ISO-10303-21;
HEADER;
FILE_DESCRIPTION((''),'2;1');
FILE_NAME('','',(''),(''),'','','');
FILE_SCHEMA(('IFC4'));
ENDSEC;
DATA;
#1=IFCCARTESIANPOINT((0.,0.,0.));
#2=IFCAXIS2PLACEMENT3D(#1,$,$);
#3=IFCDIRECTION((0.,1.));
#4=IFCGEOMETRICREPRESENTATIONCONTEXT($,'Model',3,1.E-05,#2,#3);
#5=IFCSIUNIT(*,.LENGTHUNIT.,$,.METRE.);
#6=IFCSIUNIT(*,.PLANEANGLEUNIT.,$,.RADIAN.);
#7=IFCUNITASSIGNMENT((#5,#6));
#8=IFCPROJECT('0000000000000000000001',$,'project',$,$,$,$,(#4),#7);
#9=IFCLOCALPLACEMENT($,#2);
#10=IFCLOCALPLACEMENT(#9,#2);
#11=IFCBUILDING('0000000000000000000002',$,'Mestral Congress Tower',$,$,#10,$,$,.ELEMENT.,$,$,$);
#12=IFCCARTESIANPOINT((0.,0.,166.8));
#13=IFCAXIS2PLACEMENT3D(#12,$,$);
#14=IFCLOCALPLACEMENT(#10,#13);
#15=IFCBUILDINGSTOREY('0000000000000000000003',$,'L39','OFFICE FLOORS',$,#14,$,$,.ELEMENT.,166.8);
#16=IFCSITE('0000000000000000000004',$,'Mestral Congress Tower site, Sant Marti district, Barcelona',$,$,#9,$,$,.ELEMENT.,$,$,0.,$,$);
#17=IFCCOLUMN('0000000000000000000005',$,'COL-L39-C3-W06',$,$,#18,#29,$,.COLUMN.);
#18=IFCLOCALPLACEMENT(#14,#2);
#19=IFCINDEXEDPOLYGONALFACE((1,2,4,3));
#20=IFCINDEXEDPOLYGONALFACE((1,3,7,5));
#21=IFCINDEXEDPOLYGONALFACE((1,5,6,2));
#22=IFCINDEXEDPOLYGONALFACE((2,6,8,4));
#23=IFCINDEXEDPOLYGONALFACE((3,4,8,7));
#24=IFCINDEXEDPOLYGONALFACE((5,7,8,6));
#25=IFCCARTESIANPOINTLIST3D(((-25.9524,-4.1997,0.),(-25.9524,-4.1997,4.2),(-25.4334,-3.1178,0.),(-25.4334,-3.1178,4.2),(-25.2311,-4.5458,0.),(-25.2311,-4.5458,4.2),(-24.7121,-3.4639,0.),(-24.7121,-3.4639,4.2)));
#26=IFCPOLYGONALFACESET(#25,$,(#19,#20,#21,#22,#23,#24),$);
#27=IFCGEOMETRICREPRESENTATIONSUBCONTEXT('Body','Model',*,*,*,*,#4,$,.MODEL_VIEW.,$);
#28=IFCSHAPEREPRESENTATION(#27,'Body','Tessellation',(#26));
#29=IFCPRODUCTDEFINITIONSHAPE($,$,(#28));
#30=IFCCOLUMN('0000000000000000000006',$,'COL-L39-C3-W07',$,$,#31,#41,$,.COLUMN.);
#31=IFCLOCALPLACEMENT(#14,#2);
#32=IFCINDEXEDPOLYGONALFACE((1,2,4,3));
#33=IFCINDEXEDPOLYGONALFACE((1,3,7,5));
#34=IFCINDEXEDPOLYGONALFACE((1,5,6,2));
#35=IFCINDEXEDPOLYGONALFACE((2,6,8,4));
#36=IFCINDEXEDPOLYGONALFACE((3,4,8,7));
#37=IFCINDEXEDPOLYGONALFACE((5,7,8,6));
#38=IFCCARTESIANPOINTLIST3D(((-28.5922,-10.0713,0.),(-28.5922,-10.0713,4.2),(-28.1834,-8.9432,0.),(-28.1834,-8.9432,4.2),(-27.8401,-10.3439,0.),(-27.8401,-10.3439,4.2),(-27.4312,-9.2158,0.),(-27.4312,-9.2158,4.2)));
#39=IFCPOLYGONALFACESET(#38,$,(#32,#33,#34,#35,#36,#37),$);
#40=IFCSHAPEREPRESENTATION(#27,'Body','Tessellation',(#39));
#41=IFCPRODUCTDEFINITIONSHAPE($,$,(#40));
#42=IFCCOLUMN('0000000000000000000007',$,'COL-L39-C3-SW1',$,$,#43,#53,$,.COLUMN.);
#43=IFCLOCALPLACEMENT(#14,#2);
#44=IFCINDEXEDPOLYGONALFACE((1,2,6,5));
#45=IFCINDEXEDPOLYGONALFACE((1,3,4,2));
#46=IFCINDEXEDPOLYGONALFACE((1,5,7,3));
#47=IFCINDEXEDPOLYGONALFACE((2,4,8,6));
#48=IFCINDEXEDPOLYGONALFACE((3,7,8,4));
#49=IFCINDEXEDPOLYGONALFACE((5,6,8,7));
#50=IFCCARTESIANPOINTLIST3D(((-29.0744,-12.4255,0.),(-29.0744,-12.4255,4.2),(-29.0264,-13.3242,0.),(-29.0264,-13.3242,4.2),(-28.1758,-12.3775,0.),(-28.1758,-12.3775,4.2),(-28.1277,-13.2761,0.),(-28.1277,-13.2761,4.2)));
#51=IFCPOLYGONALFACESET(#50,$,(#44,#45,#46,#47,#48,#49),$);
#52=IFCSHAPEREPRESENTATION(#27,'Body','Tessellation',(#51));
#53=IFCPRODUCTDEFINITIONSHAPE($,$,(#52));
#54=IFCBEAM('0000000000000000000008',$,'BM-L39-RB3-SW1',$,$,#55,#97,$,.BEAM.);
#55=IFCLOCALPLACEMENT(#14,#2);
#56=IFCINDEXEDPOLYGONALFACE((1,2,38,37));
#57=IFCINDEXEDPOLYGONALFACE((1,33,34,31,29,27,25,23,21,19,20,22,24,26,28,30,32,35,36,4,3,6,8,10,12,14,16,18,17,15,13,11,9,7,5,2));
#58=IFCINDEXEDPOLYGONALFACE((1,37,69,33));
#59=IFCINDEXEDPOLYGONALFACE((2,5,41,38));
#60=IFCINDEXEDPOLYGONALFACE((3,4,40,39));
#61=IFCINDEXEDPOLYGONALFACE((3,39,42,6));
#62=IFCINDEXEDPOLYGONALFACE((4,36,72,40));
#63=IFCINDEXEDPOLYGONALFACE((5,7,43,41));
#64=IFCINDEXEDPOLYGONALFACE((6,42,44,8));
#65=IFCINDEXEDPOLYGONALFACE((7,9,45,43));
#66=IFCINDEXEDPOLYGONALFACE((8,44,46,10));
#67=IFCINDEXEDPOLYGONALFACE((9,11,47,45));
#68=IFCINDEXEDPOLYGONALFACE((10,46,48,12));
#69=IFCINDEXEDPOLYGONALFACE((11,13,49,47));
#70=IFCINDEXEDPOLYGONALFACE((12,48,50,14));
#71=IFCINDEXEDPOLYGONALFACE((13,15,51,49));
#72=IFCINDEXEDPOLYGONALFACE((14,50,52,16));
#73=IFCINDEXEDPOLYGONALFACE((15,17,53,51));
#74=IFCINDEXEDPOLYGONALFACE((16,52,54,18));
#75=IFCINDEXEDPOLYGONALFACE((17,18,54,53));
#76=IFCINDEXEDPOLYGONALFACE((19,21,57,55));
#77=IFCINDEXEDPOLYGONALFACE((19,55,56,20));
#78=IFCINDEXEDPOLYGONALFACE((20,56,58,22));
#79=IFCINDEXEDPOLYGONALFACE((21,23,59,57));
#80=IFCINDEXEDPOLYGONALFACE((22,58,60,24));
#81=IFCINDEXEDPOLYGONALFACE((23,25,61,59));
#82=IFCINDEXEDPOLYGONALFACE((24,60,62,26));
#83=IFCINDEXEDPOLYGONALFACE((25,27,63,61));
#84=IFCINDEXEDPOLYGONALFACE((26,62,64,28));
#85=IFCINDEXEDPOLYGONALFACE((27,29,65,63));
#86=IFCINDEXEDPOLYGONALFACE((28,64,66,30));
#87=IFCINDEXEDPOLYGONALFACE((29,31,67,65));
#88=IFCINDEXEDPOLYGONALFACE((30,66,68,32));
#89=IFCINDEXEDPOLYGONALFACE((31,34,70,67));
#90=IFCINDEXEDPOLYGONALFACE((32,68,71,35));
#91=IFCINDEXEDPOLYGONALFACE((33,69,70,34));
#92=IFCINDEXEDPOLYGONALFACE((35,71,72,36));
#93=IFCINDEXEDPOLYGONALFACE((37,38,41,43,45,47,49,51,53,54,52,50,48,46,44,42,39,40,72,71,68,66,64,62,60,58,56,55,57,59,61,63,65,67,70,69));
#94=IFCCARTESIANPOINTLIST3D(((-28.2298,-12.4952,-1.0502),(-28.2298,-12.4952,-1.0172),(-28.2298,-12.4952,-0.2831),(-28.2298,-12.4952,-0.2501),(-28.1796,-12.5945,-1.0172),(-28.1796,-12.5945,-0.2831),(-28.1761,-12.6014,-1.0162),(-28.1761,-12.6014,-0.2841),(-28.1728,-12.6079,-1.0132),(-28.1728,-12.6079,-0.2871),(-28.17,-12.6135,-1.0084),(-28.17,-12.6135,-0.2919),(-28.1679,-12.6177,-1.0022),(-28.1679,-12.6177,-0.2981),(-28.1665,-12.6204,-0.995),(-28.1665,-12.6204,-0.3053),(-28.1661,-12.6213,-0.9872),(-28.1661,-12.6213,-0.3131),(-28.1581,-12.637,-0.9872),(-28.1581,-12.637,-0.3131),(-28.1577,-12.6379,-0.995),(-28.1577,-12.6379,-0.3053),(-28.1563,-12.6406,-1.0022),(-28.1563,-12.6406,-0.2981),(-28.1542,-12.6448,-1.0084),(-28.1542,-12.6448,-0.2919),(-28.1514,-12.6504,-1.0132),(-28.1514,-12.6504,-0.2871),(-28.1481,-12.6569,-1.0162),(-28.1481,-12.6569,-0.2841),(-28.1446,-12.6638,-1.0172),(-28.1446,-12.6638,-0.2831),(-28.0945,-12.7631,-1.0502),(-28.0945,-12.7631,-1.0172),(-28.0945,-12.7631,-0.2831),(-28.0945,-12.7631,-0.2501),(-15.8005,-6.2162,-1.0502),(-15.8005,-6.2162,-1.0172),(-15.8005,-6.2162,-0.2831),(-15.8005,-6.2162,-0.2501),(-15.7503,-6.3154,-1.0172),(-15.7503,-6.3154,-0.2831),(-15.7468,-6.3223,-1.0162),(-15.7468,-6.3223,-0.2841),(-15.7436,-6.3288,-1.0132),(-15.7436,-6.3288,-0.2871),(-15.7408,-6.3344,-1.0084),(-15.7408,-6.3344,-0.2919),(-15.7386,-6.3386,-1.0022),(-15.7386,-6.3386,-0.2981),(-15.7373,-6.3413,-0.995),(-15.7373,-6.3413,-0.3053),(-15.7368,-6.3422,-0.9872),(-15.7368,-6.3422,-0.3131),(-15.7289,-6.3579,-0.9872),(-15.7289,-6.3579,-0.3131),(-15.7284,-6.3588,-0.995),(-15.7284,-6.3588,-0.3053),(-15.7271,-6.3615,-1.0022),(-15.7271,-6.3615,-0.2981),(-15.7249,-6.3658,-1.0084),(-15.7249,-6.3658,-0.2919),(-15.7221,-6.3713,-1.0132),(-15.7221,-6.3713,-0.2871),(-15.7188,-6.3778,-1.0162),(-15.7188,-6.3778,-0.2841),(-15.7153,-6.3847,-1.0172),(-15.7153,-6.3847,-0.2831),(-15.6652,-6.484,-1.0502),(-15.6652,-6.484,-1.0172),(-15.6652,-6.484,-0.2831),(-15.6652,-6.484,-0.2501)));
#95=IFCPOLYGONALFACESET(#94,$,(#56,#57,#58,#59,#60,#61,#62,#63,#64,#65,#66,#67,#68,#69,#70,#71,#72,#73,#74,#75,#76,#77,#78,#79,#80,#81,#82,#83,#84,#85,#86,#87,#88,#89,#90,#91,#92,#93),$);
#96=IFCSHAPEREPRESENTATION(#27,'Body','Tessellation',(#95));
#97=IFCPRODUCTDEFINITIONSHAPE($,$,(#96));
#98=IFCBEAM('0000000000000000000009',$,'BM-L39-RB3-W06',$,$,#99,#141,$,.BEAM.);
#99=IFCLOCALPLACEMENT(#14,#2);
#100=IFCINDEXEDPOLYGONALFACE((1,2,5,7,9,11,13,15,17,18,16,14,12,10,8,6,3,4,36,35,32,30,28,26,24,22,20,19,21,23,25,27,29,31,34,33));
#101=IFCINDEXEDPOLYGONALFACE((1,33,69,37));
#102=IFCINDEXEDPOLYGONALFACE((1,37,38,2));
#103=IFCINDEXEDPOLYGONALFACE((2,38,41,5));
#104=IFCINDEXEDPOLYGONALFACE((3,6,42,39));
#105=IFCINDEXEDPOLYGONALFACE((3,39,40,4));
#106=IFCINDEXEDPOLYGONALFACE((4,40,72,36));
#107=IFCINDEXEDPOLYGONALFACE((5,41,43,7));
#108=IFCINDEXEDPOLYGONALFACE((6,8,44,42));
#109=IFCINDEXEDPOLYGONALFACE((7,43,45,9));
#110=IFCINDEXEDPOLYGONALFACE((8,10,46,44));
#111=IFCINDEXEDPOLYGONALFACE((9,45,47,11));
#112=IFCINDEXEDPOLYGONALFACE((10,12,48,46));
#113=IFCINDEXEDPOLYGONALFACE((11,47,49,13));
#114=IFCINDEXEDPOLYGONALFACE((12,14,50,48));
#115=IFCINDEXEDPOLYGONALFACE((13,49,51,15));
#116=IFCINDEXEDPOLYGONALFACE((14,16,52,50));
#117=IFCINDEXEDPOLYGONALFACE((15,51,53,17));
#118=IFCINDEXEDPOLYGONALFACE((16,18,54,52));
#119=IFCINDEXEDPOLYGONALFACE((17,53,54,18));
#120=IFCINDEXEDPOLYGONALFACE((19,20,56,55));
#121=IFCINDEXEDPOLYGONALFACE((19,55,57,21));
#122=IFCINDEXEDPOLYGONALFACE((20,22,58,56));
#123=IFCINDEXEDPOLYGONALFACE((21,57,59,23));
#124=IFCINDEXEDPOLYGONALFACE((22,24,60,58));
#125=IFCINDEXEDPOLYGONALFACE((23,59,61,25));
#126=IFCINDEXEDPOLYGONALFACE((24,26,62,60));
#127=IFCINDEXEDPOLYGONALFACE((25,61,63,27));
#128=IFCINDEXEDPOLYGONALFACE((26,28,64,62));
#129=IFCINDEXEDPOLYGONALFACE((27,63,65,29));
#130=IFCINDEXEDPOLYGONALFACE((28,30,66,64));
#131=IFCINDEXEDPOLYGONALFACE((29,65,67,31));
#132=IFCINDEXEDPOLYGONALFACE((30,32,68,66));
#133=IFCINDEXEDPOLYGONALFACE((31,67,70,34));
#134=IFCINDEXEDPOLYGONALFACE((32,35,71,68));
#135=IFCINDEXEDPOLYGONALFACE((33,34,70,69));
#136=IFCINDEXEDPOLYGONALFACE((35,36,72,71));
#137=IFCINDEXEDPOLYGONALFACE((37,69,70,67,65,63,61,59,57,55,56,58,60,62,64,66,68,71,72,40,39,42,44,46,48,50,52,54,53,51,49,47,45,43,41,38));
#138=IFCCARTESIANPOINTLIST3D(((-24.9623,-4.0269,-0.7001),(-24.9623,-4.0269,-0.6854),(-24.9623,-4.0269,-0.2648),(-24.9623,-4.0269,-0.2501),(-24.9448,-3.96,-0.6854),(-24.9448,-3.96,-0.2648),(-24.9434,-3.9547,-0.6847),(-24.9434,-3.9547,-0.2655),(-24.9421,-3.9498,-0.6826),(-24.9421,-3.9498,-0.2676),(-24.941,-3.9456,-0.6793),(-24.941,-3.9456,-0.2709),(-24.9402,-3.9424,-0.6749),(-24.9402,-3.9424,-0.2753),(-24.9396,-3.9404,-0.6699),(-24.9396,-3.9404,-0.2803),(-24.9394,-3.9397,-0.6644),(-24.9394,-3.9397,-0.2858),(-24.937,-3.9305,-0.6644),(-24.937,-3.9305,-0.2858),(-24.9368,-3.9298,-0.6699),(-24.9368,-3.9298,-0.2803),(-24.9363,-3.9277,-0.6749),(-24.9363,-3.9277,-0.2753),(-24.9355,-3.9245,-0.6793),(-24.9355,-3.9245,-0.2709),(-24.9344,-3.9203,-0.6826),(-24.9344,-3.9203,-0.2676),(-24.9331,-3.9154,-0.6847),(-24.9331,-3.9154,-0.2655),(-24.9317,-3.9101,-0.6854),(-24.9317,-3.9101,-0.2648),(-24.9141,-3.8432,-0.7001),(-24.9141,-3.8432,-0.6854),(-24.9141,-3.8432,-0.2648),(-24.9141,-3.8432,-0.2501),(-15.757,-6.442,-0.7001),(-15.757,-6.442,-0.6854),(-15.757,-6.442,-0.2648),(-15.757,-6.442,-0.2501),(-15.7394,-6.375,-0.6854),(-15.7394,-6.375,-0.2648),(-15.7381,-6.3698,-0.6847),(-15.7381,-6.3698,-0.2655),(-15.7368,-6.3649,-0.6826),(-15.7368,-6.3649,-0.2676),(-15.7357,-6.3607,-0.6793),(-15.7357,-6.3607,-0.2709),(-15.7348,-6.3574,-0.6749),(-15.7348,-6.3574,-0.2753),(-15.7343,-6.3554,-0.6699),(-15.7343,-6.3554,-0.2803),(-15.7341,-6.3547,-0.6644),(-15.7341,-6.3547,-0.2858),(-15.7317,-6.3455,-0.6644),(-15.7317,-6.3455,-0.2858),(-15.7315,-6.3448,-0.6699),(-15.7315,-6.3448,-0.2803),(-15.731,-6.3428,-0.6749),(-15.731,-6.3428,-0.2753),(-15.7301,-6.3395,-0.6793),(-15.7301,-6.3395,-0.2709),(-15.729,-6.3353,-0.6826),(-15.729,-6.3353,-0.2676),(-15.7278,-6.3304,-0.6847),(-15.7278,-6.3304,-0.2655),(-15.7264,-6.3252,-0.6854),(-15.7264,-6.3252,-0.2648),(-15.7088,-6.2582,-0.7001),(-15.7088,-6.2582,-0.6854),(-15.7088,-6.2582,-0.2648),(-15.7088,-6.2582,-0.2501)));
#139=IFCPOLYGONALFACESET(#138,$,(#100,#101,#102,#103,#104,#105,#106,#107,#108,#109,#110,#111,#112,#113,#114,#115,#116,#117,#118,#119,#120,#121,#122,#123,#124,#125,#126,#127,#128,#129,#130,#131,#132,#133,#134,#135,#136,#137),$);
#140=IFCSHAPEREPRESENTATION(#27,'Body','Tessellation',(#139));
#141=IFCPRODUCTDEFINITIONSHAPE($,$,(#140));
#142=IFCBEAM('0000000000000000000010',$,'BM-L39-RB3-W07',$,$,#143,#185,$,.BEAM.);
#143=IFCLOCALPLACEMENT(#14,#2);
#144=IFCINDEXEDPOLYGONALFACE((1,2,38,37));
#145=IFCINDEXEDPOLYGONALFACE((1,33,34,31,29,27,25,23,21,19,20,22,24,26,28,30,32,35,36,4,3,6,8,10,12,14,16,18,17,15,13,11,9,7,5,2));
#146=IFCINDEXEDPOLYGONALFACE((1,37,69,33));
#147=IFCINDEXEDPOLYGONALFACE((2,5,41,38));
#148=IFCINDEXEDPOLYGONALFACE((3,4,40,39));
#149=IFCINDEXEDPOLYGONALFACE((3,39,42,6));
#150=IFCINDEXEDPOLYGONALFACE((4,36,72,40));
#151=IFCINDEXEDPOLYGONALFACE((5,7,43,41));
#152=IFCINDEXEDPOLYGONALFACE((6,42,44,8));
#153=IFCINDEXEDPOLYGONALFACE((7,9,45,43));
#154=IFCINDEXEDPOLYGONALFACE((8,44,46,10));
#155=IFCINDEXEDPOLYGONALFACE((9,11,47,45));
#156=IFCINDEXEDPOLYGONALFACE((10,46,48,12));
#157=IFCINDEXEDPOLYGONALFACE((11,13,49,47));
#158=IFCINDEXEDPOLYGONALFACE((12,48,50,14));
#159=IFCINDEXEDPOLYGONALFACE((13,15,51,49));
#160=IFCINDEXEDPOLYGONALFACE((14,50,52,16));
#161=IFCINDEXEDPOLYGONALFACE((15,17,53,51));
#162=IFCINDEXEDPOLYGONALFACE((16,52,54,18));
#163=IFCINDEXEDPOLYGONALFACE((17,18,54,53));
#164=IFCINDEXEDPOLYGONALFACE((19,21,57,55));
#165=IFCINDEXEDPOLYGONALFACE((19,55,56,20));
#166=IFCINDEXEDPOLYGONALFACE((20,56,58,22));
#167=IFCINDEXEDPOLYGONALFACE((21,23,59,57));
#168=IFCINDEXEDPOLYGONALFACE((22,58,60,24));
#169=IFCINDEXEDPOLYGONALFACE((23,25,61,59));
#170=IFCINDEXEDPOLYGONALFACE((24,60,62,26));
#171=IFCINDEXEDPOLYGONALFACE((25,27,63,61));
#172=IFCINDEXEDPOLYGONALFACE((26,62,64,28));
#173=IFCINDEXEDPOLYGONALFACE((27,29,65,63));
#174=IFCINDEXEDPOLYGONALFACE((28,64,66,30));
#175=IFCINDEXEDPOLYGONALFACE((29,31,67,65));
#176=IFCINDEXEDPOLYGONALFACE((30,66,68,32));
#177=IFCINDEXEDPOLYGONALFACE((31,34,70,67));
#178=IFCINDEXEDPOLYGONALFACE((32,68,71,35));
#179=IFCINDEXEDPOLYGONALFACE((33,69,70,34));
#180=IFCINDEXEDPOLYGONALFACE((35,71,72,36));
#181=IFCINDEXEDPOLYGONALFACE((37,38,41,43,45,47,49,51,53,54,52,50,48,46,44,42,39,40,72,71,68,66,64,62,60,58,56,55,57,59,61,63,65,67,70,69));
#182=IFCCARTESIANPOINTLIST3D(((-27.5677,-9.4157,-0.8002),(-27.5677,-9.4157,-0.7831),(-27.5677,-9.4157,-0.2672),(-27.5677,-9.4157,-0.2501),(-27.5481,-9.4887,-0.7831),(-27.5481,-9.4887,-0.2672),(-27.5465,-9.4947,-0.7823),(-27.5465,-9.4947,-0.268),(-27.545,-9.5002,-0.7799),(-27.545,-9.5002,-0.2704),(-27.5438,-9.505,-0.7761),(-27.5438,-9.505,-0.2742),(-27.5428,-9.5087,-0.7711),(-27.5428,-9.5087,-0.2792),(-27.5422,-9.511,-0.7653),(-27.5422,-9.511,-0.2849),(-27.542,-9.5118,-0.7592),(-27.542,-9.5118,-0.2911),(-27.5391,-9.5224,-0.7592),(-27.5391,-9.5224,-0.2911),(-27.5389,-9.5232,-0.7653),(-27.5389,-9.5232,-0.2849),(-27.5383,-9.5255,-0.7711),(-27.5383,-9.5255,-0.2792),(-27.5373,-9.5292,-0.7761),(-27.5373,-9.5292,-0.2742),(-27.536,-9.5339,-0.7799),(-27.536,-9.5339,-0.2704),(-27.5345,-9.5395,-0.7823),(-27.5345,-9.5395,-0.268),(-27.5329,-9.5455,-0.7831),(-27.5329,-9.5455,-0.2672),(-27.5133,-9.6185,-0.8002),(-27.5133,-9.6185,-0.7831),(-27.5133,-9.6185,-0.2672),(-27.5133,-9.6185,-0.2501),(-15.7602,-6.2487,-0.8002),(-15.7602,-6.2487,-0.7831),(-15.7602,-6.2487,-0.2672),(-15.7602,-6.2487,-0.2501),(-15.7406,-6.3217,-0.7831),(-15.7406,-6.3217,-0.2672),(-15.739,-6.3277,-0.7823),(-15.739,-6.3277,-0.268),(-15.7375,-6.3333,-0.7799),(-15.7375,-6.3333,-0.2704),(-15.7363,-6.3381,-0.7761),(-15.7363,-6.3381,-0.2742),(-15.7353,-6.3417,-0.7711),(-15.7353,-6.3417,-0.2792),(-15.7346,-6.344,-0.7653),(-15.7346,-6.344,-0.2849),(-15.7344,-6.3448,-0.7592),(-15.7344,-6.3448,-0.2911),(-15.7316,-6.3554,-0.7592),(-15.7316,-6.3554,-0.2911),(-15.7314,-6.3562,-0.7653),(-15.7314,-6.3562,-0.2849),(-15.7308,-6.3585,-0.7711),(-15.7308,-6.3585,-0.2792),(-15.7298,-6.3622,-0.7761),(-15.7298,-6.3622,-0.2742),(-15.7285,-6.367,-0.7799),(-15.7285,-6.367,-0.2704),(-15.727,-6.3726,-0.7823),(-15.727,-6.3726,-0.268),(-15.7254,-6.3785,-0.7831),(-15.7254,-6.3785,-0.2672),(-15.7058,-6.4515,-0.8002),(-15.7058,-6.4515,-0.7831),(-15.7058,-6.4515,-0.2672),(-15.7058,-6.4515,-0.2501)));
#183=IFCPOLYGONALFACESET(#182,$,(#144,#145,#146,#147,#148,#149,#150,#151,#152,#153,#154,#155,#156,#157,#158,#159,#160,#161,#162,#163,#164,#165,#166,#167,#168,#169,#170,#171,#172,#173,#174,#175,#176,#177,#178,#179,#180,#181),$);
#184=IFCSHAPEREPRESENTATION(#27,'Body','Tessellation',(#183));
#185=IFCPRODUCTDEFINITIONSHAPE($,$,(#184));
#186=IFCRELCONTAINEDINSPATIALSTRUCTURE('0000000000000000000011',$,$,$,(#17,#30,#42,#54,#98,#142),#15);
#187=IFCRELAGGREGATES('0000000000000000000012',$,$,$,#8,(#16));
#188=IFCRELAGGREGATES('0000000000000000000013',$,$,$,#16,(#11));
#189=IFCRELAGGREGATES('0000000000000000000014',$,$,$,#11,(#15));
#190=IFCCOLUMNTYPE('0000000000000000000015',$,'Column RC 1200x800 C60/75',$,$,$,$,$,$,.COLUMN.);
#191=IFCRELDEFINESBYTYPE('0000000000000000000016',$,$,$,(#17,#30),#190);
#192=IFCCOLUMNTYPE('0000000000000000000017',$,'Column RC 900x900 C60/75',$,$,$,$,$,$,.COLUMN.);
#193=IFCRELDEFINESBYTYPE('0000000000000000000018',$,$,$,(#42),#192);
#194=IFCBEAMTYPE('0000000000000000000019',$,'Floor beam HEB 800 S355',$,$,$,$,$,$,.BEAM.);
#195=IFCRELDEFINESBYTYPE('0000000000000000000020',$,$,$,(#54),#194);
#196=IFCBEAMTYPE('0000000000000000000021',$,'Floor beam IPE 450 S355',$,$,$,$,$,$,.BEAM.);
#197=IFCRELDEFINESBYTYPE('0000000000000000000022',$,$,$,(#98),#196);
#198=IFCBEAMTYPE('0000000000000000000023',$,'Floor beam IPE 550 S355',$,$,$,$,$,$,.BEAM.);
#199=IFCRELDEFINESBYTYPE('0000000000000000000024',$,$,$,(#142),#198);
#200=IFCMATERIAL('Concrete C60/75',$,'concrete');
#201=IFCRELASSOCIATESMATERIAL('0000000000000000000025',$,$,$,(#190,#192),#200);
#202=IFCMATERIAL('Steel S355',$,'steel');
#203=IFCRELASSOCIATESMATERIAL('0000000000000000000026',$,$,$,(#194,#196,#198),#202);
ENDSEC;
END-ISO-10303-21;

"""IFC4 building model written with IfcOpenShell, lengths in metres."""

from ifc_helpers import new_model, si_unit, direction, frame, origin, origin_2d, place, context, subcontext, project, spatial, rectangle, i_section, extrude, material, material_profile, profile_set, type_object, element, save


model = new_model("IFC4")

# Units and contexts
model_context = context("Model", 3, precision=1e-05, world=origin(), true_north=direction((0.0, 1.0)))
body_context = subcontext(model_context, "Body", "Model", "MODEL_VIEW")
ifc_project = project(units=[si_unit("LENGTHUNIT", "METRE"), si_unit("PLANEANGLEUNIT", "RADIAN")], contexts=[model_context])

# Site, building, storey
site_placement = place(None, origin())
site = spatial("IfcSite", under=ifc_project, at=site_placement, Name="Mestral Congress Tower site, Sant Marti district, Barcelona", CompositionType="ELEMENT", RefElevation=0.0)
building_placement = place(site_placement, origin())
building = spatial("IfcBuilding", under=site, at=building_placement, Name="Mestral Congress Tower", CompositionType="ELEMENT")
storey_placement = place(building_placement, frame((0.0, 0.0, 166.8)))
storey = spatial("IfcBuildingStorey", under=building, at=storey_placement, Name="L39", Description="OFFICE FLOORS", CompositionType="ELEMENT", Elevation=166.8)

# Columns
ifc_material_1 = material(Name="Concrete C60/75", Category="concrete")
ifc_material_profile_1 = material_profile(ifc_material_1, rectangle(XDim=1.2, YDim=0.8, at=origin_2d()), Name="RC 1200x800")
ifc_profile_set_1 = profile_set([ifc_material_profile_1], Name="Concrete C60/75")
column_type_1 = type_object("IfcColumnType", Name="Column RC 1200x800 C60/75", PredefinedType="COLUMN", material=ifc_profile_set_1)
for number, where, z_axis, x_axis, name in (
    (1, (-25.3323, -3.8318, 0.0), (0.0, 0.0, 1.0), (-0.432522, -0.901624, 0.0), "COL-L39-C3-W06"),
    (2, (-28.0117, -9.6436, 0.0), (0.0, 0.0, 1.0), (-0.340744, -0.940156, 0.0), "COL-L39-C3-W07"),
):
    element("IfcColumn", number, at=place(storey_placement, frame(where, z_axis=z_axis, x_axis=x_axis)), inside=storey, type_object=column_type_1, Name=name, PredefinedType="COLUMN", context=body_context, shape_type="SweptSolid", body=[
        extrude(rectangle(XDim=1.2, YDim=0.8, at=origin_2d()), origin(), (0.0, 0.0, 1.0), 4.2),
    ])
ifc_material_profile_2 = material_profile(ifc_material_1, rectangle(XDim=0.8999, YDim=0.8999, at=origin_2d()), Name="RC 900x900")
ifc_profile_set_2 = profile_set([ifc_material_profile_2], Name="Concrete C60/75")
column_type_2 = type_object("IfcColumnType", Name="Column RC 900x900 C60/75", PredefinedType="COLUMN", material=ifc_profile_set_2)
column_placement = place(storey_placement, frame((-28.6011, -12.8508, 0.0), z_axis=(0.0, 0.0, 1.0), x_axis=(0.053392, -0.998574, 0.0)))
element("IfcColumn", 3, at=column_placement, inside=storey, type_object=column_type_2, Name="COL-L39-C3-SW1", PredefinedType="COLUMN", context=body_context, shape_type="SweptSolid", body=[
    extrude(rectangle(XDim=0.8999, YDim=0.8999, at=origin_2d()), origin(), (0.0, 0.0, 1.0), 4.2),
])

# Beams
ifc_material_2 = material(Name="Steel S355", Category="steel")
ifc_material_profile_3 = material_profile(ifc_material_2, i_section(OverallWidth=0.3, OverallDepth=0.8, WebThickness=0.0176, FlangeThickness=0.033, FilletRadius=0.03, at=origin_2d()), Name="HEB 800")
ifc_profile_set_3 = profile_set([ifc_material_profile_3], Name="Steel S355")
beam_type_1 = type_object("IfcBeamType", Name="Floor beam HEB 800 S355", PredefinedType="BEAM", material=ifc_profile_set_3)
beam_1_placement = place(storey_placement, frame((-28.1621, -12.6292, -0.6501), z_axis=(0.892568, 0.450913, 0.0), x_axis=(-0.450913, 0.892568, 0.0)))
element("IfcBeam", 4, at=beam_1_placement, inside=storey, type_object=beam_type_1, Name="BM-L39-RB3-SW1", PredefinedType="BEAM", context=body_context, shape_type="SweptSolid", body=[
    extrude(i_section(OverallWidth=0.3, OverallDepth=0.8, WebThickness=0.0176, FlangeThickness=0.033, FilletRadius=0.03, at=origin_2d()), origin(), (0.0, 0.0, 1.0), 13.9253),
])
ifc_material_profile_4 = material_profile(ifc_material_2, i_section(OverallWidth=0.1899, OverallDepth=0.45, WebThickness=0.0095, FlangeThickness=0.0146, FilletRadius=0.021, at=origin_2d()), Name="IPE 450")
ifc_profile_set_4 = profile_set([ifc_material_profile_4], Name="Steel S355")
beam_type_2 = type_object("IfcBeamType", Name="Floor beam IPE 450 S355", PredefinedType="BEAM", material=ifc_profile_set_4)
beam_2_placement = place(storey_placement, frame((-24.9382, -3.9351, -0.4751), z_axis=(0.967266, -0.253765, 0.0), x_axis=(0.253765, 0.967266, 0.0)))
element("IfcBeam", 5, at=beam_2_placement, inside=storey, type_object=beam_type_2, Name="BM-L39-RB3-W06", PredefinedType="BEAM", context=body_context, shape_type="SweptSolid", body=[
    extrude(i_section(OverallWidth=0.1899, OverallDepth=0.45, WebThickness=0.0095, FlangeThickness=0.0146, FilletRadius=0.021, at=origin_2d()), origin(), (0.0, 0.0, 1.0), 9.5168),
])
ifc_material_profile_5 = material_profile(ifc_material_2, i_section(OverallWidth=0.21, OverallDepth=0.55, WebThickness=0.011, FlangeThickness=0.0171, FilletRadius=0.0239, at=origin_2d()), Name="IPE 550")
ifc_profile_set_5 = profile_set([ifc_material_profile_5], Name="Steel S355")
beam_type_3 = type_object("IfcBeamType", Name="Floor beam IPE 550 S355", PredefinedType="BEAM", material=ifc_profile_set_5)
beam_3_placement = place(storey_placement, frame((-27.5405, -9.5171, -0.5251), z_axis=(0.965861, 0.259059, 0.0), x_axis=(-0.259059, 0.965861, 0.0)))
element("IfcBeam", 6, at=beam_3_placement, inside=storey, type_object=beam_type_3, Name="BM-L39-RB3-W07", PredefinedType="BEAM", context=body_context, shape_type="SweptSolid", body=[
    extrude(i_section(OverallWidth=0.21, OverallDepth=0.55, WebThickness=0.011, FlangeThickness=0.0171, FilletRadius=0.0239, at=origin_2d()), origin(), (0.0, 0.0, 1.0), 12.2249),
])

save(model, "model.ifc")
